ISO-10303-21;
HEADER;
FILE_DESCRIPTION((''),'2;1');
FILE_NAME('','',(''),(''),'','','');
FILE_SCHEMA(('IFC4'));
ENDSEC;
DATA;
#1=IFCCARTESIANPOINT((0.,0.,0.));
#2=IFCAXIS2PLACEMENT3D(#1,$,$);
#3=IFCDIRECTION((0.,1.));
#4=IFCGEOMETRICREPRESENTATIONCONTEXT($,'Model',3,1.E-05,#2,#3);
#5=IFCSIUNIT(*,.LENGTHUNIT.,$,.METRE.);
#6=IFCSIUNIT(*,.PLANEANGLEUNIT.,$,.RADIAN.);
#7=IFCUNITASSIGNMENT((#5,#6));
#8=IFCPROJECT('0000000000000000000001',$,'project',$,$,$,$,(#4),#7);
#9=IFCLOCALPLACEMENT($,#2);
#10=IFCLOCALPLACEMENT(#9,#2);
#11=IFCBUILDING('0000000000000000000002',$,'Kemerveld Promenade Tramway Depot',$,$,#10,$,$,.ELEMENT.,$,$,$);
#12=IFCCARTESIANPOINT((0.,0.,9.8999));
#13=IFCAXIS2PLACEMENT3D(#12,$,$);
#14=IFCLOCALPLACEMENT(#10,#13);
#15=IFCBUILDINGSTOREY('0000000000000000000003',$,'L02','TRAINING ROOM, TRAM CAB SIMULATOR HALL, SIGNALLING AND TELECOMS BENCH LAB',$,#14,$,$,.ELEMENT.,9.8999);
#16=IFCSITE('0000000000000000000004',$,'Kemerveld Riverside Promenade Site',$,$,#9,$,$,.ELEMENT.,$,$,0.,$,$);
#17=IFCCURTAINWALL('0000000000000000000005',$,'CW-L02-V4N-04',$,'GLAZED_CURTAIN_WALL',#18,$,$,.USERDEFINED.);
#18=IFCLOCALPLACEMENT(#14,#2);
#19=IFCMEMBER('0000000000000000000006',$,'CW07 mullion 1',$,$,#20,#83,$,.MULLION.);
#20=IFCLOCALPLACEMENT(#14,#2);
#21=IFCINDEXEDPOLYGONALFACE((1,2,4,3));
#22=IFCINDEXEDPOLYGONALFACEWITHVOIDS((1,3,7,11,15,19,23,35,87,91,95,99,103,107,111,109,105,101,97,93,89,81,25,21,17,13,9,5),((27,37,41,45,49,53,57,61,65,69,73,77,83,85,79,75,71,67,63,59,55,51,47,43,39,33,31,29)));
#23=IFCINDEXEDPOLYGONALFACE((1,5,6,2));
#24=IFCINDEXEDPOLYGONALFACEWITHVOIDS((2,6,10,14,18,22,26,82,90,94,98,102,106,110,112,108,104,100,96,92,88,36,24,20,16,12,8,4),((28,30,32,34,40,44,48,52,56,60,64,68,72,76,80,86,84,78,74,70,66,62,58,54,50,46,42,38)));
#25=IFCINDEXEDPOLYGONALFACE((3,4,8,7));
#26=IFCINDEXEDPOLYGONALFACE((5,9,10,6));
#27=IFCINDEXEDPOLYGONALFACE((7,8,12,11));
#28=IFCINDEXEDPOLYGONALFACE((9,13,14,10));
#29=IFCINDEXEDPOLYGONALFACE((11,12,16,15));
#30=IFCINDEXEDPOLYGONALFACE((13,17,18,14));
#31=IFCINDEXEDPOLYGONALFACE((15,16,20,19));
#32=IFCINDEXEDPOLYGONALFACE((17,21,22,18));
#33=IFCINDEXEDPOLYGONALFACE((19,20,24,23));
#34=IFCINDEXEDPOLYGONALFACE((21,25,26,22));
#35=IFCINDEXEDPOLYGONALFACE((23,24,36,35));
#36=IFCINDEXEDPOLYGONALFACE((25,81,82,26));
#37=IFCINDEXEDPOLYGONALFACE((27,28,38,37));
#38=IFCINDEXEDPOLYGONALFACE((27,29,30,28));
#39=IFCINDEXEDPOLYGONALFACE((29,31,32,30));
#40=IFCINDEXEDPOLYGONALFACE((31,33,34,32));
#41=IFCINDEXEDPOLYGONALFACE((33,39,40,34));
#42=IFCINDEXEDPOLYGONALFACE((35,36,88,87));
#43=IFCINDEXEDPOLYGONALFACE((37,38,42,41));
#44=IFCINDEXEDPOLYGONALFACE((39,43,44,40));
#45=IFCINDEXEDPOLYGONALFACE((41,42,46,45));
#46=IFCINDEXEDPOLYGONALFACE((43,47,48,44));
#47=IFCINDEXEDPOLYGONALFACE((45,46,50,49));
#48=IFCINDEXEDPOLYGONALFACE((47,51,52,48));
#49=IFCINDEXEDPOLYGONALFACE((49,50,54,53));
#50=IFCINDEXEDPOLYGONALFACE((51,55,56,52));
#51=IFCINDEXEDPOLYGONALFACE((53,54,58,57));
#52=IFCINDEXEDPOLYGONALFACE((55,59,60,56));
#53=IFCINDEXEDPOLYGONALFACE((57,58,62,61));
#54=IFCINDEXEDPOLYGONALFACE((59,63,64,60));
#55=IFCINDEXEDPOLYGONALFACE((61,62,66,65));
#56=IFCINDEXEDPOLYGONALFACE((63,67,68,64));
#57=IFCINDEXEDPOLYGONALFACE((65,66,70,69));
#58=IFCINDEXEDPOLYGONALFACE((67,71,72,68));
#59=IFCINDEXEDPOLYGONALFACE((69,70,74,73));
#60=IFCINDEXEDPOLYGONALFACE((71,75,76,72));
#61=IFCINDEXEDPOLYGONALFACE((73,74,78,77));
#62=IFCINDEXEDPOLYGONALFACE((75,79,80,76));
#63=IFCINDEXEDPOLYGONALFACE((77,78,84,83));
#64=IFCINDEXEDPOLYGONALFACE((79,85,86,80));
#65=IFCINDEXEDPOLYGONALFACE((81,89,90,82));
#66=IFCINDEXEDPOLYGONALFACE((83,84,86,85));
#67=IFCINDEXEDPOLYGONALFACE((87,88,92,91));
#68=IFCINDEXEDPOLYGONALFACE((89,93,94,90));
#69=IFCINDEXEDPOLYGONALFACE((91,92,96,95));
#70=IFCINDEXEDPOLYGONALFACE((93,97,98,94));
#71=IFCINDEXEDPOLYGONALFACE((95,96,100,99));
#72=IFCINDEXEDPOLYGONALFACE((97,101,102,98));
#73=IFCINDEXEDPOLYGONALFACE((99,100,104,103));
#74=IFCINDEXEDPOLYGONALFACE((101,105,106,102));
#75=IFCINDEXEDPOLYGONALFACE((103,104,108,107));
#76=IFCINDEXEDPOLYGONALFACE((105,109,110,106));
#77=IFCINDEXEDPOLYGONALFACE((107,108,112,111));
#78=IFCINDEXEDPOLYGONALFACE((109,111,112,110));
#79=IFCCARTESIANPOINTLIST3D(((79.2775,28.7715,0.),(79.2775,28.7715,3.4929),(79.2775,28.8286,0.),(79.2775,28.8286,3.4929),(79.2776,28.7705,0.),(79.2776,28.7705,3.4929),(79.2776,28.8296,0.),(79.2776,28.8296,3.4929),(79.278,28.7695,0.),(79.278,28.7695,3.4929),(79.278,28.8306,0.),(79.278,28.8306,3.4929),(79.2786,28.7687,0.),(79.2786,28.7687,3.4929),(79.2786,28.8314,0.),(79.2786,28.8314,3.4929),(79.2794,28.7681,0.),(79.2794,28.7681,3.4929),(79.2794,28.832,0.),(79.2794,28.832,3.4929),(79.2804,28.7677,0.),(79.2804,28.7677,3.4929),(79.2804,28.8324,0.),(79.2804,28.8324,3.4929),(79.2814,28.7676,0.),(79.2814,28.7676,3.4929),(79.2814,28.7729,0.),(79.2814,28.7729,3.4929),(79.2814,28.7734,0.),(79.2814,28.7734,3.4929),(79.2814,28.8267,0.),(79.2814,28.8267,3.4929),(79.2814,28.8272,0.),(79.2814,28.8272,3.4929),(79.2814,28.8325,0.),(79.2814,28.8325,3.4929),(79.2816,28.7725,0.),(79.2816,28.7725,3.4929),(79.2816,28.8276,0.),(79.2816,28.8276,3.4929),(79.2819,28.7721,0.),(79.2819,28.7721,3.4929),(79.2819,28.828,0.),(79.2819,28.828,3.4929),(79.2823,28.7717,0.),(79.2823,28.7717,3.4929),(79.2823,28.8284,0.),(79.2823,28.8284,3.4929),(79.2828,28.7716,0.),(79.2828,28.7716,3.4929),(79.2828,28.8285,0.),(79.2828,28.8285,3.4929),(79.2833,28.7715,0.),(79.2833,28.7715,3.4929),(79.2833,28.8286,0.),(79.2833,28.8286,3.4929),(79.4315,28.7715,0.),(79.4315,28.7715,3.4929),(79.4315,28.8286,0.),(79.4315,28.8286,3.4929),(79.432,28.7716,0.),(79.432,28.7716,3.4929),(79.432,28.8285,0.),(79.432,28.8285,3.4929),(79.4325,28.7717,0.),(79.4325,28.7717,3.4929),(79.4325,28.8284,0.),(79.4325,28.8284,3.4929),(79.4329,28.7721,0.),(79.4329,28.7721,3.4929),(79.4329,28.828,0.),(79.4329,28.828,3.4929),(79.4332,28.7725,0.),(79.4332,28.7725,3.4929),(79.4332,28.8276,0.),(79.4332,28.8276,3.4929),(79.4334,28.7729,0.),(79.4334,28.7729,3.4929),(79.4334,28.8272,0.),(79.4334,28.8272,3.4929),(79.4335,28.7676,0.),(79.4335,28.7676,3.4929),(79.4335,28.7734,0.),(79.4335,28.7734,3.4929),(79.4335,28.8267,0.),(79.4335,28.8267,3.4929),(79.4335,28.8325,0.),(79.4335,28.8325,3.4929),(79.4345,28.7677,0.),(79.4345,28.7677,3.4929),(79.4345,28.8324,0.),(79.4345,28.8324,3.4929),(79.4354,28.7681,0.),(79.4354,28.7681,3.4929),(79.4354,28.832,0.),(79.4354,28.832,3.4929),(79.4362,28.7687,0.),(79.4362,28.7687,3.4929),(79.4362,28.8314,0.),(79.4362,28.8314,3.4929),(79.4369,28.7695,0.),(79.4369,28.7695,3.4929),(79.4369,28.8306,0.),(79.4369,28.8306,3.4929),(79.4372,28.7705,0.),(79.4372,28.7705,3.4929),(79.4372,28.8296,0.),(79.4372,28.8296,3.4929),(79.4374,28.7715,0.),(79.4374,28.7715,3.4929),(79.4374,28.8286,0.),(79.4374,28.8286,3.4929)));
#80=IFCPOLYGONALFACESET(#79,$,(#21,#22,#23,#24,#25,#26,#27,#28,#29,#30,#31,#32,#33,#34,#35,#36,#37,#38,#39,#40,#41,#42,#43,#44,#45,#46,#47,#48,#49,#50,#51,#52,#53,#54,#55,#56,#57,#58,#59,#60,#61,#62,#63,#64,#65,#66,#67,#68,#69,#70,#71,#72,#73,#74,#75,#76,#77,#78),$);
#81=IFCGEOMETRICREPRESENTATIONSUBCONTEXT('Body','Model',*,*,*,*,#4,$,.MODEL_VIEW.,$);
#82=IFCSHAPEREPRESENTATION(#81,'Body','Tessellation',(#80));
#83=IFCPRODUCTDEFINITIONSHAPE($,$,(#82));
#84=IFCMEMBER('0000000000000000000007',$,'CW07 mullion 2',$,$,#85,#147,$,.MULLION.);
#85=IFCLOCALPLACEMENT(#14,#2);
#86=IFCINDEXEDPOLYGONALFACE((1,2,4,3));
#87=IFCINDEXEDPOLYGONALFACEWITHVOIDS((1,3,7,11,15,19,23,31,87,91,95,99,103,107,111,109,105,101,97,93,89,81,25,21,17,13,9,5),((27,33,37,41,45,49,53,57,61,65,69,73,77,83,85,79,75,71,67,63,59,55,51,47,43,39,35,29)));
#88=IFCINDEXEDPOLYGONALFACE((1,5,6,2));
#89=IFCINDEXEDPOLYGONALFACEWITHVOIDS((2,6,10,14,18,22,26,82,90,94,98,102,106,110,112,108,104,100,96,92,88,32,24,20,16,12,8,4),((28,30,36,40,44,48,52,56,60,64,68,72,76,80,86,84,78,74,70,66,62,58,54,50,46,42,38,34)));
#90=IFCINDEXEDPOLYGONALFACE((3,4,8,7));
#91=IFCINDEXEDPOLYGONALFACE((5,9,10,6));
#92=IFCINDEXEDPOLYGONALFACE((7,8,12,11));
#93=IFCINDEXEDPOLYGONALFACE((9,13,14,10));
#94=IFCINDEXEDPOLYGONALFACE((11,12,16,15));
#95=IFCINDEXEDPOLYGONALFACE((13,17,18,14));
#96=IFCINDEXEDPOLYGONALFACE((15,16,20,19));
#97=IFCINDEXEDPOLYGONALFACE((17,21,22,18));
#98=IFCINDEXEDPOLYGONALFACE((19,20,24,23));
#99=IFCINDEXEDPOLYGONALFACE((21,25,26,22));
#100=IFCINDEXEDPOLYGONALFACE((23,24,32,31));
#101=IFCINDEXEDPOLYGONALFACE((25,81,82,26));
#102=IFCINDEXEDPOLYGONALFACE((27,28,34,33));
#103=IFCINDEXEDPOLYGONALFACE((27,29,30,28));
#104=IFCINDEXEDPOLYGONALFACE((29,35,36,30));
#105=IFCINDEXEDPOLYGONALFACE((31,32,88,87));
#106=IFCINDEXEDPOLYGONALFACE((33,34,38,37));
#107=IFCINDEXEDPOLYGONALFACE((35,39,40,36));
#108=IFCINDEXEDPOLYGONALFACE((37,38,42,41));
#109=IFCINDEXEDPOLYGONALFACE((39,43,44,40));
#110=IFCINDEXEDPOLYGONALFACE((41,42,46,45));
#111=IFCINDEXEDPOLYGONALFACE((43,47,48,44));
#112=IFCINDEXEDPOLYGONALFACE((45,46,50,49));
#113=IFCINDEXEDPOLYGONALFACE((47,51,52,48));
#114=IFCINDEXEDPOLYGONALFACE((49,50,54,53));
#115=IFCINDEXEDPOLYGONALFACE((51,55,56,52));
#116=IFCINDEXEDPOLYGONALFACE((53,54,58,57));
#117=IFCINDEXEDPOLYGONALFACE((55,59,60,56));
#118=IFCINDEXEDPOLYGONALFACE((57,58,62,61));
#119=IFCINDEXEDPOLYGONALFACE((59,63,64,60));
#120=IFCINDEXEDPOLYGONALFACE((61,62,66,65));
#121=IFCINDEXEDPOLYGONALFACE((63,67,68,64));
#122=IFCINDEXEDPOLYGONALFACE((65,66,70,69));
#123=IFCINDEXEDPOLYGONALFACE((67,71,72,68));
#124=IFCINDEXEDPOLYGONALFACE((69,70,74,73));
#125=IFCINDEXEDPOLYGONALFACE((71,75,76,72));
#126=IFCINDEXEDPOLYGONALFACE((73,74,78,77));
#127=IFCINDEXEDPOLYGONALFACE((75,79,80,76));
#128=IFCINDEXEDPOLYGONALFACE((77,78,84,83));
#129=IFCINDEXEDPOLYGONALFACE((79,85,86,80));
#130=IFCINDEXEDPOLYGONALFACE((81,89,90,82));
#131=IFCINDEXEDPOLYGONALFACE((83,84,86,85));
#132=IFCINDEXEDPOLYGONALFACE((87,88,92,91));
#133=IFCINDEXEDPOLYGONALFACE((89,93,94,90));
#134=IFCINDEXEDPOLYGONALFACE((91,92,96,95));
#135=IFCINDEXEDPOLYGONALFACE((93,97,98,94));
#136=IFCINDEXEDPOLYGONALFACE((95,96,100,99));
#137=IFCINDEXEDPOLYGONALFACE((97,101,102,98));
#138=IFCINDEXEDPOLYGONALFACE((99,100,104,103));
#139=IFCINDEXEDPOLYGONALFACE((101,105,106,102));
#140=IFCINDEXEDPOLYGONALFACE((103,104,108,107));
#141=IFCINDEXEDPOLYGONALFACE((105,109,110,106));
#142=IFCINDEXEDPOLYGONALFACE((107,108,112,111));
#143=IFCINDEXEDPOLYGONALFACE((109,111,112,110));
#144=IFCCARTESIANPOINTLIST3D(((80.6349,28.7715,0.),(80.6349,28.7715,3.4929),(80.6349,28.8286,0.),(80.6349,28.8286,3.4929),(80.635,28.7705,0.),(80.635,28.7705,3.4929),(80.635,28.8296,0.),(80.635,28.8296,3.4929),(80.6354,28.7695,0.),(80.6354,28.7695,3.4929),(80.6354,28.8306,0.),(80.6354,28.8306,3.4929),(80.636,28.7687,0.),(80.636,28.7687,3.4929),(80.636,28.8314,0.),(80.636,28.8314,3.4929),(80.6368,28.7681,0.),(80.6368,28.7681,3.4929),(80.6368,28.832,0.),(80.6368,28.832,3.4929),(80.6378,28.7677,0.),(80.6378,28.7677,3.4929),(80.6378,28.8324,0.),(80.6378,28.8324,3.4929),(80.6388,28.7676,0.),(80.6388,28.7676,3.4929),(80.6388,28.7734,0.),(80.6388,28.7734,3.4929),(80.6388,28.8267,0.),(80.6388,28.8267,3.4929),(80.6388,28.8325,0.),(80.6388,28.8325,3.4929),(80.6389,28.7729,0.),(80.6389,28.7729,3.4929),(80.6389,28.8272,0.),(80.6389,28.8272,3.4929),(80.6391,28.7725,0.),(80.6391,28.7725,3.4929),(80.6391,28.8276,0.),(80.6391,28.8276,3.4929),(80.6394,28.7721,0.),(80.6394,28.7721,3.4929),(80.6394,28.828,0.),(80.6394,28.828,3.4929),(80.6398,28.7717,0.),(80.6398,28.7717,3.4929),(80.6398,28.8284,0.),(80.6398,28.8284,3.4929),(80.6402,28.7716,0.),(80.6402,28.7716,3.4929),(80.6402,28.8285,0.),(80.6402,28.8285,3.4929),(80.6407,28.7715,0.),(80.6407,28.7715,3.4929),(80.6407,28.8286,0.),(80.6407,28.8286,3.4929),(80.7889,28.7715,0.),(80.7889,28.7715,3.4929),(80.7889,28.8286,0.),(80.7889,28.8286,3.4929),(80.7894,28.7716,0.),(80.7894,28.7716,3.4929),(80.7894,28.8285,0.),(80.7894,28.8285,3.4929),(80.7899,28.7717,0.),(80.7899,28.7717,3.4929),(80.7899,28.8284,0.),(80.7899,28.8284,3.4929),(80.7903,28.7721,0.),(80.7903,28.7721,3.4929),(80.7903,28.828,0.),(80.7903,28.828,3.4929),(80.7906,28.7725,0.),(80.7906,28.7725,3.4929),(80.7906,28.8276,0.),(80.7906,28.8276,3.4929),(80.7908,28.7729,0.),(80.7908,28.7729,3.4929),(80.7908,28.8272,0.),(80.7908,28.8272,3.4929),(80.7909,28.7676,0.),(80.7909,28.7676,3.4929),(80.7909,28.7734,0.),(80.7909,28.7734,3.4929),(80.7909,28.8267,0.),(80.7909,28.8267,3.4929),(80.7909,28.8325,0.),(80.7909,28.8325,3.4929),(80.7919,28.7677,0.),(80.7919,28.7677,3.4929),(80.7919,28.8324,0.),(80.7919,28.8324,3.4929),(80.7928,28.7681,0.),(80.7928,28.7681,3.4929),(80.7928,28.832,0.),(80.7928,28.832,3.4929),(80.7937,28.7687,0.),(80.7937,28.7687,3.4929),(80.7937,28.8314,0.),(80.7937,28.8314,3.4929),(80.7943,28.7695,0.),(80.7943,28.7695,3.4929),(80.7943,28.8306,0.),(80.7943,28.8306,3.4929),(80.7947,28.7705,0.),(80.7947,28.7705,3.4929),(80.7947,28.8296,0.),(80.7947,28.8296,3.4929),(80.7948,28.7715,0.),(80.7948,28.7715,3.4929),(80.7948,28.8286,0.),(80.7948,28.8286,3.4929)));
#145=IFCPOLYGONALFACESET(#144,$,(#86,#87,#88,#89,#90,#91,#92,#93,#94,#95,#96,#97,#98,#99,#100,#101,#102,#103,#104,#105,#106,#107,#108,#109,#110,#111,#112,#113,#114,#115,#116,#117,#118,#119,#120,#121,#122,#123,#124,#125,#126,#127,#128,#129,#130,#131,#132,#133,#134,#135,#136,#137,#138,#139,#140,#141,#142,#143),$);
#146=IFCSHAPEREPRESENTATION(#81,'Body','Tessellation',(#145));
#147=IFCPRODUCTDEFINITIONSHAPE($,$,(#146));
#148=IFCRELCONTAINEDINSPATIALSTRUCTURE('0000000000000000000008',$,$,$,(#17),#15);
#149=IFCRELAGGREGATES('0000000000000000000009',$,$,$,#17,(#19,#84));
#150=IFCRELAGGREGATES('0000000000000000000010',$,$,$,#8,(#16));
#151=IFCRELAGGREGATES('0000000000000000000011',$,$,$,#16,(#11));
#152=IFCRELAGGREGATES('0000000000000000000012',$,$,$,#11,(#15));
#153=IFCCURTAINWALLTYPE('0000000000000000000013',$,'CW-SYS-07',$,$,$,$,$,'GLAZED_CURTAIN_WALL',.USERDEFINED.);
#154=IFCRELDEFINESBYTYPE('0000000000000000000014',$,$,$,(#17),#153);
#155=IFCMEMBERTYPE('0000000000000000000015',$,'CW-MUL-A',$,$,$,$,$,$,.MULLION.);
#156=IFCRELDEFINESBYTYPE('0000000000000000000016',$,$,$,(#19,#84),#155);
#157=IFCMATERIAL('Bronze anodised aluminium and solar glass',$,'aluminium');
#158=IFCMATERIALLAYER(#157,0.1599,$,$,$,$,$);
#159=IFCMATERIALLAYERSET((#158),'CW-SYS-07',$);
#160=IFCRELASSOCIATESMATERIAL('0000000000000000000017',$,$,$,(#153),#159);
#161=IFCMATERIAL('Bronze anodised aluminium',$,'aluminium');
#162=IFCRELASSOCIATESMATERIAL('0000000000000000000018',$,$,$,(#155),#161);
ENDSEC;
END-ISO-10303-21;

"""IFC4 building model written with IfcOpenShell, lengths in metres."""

from ifc_helpers import new_model, si_unit, direction, frame, origin, origin_2d, place, context, subcontext, project, spatial, hollow_rectangle, extrude, material, layer, layer_set, material_profile, profile_set, type_object, element, aggregate, save


model = new_model("IFC4")

# Units and contexts
model_context = context("Model", 3, precision=1e-05, world=origin(), true_north=direction((0.0, 1.0)))
body_context = subcontext(model_context, "Body", "Model", "MODEL_VIEW")
ifc_project = project(units=[si_unit("LENGTHUNIT", "METRE"), si_unit("PLANEANGLEUNIT", "RADIAN")], contexts=[model_context])

# Site, building, storey
site_placement = place(None, origin())
site = spatial("IfcSite", under=ifc_project, at=site_placement, Name="Kemerveld Riverside Promenade Site", CompositionType="ELEMENT", RefElevation=0.0)
building_placement = place(site_placement, origin())
building = spatial("IfcBuilding", under=site, at=building_placement, Name="Kemerveld Promenade Tramway Depot", CompositionType="ELEMENT")
storey_placement = place(building_placement, frame((0.0, 0.0, 9.8999)))
storey = spatial("IfcBuildingStorey", under=building, at=storey_placement, Name="L02", Description="TRAINING ROOM, TRAM CAB SIMULATOR HALL, SIGNALLING AND TELECOMS BENCH LAB", CompositionType="ELEMENT", Elevation=9.8999)

# Curtain wall, members
ifc_material_1 = material(Name="Bronze anodised aluminium and solar glass", Category="aluminium")
ifc_layer_1 = layer(ifc_material_1, 0.1599)
ifc_layer_set_1 = layer_set([ifc_layer_1], Name="CW-SYS-07")
curtain_wall_type = type_object("IfcCurtainWallType", Name="CW-SYS-07", ElementType="GLAZED_CURTAIN_WALL", PredefinedType="USERDEFINED", material=ifc_layer_set_1)
curtain_wall_placement = place(storey_placement, origin())
curtain_wall = element("IfcCurtainWall", 1, at=curtain_wall_placement, inside=storey, type_object=curtain_wall_type, Name="CW-L02-V4N-04", ObjectType="GLAZED_CURTAIN_WALL", PredefinedType="USERDEFINED")
ifc_material_2 = material(Name="Bronze anodised aluminium", Category="aluminium")
ifc_material_profile_1 = material_profile(ifc_material_2, hollow_rectangle(XDim=0.0649, YDim=0.1599, WallThickness=0.0039, InnerFilletRadius=0.002, OuterFilletRadius=0.0039, at=origin_2d()), Name="CW-MUL-160x65")
ifc_profile_set_1 = profile_set([ifc_material_profile_1], Name="Bronze anodised aluminium")
member_type_1 = type_object("IfcMemberType", Name="CW-MUL-A", PredefinedType="MULLION", material=ifc_profile_set_1)
member_1_placement = place(storey_placement, frame((79.3574, 28.8, 0.0), z_axis=(0.0, 0.0, 1.0), x_axis=(0.0, 1.0, 0.0)))
member_1 = element("IfcMember", 2, at=member_1_placement, type_object=member_type_1, Name="CW07 mullion 1", PredefinedType="MULLION", context=body_context, shape_type="SweptSolid", body=[
    extrude(hollow_rectangle(XDim=0.0649, YDim=0.1599, WallThickness=0.0039, InnerFilletRadius=0.002, OuterFilletRadius=0.0039, at=origin_2d()), origin(), (0.0, 0.0, 1.0), 3.4929),
])
member_2_placement = place(storey_placement, frame((80.7148, 28.8, 0.0), z_axis=(0.0, 0.0, 1.0), x_axis=(0.0, 1.0, 0.0)))
member_2 = element("IfcMember", 3, at=member_2_placement, type_object=member_type_1, Name="CW07 mullion 2", PredefinedType="MULLION", context=body_context, shape_type="SweptSolid", body=[
    extrude(hollow_rectangle(XDim=0.0649, YDim=0.1599, WallThickness=0.0039, InnerFilletRadius=0.002, OuterFilletRadius=0.0039, at=origin_2d()), origin(), (0.0, 0.0, 1.0), 3.4929),
])
aggregate(curtain_wall, [member_1, member_2])

save(model, "model.ifc")
